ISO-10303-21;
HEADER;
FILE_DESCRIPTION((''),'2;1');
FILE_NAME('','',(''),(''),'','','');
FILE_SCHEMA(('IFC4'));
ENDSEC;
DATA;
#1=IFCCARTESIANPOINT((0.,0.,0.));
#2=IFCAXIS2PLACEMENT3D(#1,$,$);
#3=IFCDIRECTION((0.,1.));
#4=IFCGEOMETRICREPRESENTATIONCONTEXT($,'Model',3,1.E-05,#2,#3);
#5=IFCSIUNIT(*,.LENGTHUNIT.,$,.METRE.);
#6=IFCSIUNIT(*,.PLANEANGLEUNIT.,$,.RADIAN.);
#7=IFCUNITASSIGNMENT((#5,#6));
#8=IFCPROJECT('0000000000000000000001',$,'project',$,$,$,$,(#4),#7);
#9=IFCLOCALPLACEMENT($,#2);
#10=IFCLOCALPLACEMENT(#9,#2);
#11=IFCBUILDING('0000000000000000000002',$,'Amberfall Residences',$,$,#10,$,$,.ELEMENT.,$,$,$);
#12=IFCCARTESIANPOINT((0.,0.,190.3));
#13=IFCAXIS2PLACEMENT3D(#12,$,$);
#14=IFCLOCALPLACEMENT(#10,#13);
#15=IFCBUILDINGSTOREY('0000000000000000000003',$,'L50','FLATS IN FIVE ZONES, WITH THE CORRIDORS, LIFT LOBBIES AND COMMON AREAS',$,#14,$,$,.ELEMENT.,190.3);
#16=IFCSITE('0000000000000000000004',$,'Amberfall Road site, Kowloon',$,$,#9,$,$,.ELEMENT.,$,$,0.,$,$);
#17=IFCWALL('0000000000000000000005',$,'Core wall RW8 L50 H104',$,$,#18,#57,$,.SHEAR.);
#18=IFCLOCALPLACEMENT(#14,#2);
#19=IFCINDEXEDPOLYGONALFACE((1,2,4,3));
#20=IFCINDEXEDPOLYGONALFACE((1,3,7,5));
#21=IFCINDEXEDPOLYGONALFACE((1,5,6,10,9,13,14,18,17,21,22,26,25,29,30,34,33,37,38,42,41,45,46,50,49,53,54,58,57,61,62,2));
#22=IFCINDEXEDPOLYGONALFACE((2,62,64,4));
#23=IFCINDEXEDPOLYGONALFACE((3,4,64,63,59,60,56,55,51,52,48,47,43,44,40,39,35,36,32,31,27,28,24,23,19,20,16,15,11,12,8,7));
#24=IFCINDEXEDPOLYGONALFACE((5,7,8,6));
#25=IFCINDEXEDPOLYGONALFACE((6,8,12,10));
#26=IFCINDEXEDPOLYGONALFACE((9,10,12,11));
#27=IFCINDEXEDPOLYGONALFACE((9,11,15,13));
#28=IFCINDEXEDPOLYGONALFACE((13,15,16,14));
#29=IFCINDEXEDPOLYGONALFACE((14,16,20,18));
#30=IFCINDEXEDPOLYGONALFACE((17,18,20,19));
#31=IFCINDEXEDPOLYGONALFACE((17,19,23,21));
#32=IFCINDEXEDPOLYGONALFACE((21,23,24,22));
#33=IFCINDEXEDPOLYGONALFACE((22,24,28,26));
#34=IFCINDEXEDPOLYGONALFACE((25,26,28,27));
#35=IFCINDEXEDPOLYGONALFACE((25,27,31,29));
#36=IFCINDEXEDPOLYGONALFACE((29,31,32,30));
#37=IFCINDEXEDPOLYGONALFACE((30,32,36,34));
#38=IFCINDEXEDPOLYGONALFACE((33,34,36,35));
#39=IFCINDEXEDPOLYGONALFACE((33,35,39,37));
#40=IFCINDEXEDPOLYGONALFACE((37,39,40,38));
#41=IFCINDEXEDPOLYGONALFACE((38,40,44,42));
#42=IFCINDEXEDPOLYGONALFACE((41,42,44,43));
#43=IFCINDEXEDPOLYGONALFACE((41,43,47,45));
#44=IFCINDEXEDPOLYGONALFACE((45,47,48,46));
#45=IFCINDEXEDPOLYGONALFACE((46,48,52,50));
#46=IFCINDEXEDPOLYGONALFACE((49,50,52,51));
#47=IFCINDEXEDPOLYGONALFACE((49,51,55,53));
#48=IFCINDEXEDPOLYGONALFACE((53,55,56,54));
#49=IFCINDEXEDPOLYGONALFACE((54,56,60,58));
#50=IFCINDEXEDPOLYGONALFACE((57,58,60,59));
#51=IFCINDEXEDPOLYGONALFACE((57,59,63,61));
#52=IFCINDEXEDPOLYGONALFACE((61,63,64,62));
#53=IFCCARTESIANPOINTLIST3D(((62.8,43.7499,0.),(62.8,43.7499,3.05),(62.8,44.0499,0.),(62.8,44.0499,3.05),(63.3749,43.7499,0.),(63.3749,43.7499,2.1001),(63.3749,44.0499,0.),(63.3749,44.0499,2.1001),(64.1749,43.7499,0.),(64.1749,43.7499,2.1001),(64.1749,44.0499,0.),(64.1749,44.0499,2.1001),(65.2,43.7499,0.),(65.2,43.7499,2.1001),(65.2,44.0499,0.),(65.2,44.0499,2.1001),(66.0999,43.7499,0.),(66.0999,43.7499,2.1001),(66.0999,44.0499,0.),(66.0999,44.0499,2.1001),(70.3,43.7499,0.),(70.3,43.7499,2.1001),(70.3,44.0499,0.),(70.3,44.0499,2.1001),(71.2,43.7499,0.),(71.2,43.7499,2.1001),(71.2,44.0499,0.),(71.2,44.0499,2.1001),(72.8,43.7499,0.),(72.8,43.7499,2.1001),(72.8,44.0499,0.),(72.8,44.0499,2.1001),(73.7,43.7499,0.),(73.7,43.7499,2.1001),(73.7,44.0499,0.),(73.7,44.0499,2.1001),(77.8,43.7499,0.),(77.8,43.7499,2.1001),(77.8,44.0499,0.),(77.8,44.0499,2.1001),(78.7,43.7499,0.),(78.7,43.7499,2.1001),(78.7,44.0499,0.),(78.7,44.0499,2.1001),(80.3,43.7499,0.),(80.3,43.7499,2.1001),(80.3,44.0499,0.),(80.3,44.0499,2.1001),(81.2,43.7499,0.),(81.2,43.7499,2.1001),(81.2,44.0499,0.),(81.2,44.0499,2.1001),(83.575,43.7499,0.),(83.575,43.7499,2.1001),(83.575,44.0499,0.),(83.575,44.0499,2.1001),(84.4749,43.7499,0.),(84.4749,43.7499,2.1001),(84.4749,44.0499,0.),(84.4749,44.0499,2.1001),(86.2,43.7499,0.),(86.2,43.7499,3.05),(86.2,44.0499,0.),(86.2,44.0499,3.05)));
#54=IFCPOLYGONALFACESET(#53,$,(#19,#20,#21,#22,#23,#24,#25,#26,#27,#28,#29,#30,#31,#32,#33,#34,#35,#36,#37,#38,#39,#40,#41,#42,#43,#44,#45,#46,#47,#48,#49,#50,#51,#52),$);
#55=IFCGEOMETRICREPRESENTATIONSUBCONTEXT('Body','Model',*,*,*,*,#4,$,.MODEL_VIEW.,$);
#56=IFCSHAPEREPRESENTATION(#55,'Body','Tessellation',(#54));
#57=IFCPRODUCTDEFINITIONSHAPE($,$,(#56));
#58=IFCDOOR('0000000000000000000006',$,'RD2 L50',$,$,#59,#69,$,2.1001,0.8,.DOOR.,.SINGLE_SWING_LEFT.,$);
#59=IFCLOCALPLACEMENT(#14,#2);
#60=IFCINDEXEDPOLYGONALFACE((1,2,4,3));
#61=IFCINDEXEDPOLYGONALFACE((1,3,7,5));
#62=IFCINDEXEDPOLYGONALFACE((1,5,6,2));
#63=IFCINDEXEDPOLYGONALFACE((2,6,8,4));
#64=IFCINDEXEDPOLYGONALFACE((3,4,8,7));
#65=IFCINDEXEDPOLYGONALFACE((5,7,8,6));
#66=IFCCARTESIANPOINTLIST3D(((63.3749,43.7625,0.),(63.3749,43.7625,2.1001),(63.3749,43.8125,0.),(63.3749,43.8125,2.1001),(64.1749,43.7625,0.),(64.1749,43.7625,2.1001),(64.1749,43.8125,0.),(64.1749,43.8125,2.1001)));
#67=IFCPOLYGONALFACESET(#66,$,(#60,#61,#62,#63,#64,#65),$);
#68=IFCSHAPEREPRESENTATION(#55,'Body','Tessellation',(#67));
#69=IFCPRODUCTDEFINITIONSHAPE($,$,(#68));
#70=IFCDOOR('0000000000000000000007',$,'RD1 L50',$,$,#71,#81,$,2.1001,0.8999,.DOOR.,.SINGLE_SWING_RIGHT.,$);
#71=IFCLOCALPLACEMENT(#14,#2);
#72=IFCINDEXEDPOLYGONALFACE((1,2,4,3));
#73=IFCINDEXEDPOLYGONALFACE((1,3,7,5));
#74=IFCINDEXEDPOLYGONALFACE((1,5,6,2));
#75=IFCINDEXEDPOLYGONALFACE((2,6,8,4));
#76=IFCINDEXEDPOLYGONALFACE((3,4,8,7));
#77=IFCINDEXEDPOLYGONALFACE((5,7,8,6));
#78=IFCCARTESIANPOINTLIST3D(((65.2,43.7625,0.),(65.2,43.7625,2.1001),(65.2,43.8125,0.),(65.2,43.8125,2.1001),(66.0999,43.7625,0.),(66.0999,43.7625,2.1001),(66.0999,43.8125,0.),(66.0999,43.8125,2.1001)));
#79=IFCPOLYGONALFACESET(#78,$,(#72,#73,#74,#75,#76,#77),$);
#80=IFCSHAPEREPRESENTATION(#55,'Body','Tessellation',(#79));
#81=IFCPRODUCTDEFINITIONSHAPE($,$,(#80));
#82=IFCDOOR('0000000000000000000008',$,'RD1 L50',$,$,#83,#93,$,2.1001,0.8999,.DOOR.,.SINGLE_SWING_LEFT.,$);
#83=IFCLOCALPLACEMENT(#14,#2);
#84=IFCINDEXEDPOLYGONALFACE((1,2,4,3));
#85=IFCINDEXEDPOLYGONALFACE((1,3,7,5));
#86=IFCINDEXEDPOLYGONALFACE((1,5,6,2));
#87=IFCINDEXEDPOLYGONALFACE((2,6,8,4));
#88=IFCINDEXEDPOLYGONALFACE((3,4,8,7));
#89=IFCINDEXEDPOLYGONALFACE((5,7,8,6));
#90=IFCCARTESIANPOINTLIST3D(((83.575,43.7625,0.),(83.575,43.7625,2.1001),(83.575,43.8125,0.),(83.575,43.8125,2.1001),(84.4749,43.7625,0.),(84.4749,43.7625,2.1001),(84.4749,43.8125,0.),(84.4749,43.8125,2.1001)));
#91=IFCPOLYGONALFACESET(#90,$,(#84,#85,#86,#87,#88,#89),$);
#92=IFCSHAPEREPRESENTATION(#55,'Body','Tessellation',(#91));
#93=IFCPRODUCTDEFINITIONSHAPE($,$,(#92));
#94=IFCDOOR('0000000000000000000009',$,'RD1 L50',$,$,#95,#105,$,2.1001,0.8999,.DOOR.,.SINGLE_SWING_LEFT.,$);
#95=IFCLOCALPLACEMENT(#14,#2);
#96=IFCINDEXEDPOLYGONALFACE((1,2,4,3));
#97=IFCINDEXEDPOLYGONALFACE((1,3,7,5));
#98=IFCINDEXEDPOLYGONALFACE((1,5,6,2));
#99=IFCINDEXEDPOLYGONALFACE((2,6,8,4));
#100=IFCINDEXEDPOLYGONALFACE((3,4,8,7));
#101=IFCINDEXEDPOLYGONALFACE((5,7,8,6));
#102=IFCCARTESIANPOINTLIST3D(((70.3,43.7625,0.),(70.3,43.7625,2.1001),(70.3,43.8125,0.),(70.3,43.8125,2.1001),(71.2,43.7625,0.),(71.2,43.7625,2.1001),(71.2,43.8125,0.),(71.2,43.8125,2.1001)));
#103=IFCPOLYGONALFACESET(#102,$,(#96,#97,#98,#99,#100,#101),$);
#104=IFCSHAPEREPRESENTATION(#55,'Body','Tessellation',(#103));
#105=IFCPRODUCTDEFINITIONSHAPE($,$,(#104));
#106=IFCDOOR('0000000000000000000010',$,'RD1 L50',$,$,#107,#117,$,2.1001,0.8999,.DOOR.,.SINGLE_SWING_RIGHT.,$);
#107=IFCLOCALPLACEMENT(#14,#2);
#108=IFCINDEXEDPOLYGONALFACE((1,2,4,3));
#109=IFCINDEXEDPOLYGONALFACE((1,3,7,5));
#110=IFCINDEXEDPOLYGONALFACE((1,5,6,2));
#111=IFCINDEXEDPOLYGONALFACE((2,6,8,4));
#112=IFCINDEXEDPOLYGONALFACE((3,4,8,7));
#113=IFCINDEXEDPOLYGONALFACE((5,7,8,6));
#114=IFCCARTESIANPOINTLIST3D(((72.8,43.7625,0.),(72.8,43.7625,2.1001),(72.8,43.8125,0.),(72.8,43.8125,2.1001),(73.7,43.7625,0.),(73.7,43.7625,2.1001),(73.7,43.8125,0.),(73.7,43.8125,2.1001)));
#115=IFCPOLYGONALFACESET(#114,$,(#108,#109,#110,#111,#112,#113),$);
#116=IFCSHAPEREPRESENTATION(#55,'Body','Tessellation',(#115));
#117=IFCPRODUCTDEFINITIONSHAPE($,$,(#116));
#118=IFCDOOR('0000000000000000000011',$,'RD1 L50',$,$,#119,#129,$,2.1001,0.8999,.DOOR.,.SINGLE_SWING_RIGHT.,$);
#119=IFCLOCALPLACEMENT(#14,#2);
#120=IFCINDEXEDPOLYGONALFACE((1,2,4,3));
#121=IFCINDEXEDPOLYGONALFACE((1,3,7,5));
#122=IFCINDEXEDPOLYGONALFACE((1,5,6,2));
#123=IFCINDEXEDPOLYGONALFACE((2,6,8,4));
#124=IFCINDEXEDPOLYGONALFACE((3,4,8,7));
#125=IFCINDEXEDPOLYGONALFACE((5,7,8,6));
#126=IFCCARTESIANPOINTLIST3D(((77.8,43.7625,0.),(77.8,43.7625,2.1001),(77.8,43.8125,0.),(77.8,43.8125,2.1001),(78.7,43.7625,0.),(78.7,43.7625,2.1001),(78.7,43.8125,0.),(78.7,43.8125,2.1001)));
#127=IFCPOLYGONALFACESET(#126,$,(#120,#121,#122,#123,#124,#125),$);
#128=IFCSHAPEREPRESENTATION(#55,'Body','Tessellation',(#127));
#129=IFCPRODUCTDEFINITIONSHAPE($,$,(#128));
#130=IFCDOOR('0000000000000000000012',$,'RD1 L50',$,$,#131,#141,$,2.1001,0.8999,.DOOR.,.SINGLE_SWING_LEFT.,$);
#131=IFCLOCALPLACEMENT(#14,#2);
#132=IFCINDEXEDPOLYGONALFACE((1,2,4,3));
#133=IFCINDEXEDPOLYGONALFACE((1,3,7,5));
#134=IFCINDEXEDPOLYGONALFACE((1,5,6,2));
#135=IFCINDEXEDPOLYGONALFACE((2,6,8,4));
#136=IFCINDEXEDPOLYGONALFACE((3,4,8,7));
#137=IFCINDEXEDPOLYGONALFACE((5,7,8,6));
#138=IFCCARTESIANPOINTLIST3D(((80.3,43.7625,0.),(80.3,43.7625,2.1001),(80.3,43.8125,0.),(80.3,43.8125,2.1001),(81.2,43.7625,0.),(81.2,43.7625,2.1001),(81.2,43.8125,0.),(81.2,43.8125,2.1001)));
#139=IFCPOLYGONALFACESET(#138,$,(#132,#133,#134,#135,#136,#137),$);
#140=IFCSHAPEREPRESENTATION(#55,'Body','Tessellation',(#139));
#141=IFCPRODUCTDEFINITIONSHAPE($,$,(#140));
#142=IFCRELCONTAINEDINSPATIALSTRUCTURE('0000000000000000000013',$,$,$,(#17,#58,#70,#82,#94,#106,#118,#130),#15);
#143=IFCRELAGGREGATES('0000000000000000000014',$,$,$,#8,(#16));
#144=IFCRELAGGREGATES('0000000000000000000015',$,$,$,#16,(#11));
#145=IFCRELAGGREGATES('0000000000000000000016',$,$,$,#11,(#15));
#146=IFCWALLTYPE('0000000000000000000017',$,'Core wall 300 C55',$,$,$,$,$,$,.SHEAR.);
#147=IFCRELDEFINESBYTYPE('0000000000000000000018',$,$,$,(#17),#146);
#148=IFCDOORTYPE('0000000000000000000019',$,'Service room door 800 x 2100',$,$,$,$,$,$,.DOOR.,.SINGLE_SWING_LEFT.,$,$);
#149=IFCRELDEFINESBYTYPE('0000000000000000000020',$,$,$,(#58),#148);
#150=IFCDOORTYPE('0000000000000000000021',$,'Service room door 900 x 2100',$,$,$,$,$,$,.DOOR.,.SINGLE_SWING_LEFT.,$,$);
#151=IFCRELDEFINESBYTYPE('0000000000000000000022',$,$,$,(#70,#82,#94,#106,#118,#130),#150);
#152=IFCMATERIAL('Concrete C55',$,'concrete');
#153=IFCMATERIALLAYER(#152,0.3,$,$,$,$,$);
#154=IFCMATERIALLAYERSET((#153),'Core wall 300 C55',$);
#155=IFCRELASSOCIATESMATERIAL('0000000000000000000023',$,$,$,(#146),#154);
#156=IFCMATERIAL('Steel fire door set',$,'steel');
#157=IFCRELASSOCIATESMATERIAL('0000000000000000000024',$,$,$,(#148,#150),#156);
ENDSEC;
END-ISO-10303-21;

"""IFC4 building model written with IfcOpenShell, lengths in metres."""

from ifc_helpers import new_model, si_unit, direction, frame, frame_2d, origin, place, context, subcontext, project, spatial, rectangle, extrude, material, layer, layer_set, type_object, element, fill, save


model = new_model("IFC4")

# Units and contexts
model_context = context("Model", 3, precision=1e-05, world=origin(), true_north=direction((0.0, 1.0)))
body_context = subcontext(model_context, "Body", "Model", "MODEL_VIEW")
ifc_project = project(units=[si_unit("LENGTHUNIT", "METRE"), si_unit("PLANEANGLEUNIT", "RADIAN")], contexts=[model_context])

# Site, building, storey
site_placement = place(None, origin())
site = spatial("IfcSite", under=ifc_project, at=site_placement, Name="Amberfall Road site, Kowloon", CompositionType="ELEMENT", RefElevation=0.0)
building_placement = place(site_placement, origin())
building = spatial("IfcBuilding", under=site, at=building_placement, Name="Amberfall Residences", CompositionType="ELEMENT")
storey_placement = place(building_placement, frame((0.0, 0.0, 190.3)))
storey = spatial("IfcBuildingStorey", under=building, at=storey_placement, Name="L50", Description="FLATS IN FIVE ZONES, WITH THE CORRIDORS, LIFT LOBBIES AND COMMON AREAS", CompositionType="ELEMENT", Elevation=190.3)

# Wall, openings, doors
ifc_material_1 = material(Name="Concrete C55", Category="concrete")
ifc_layer = layer(ifc_material_1, 0.3)
ifc_layer_set = layer_set([ifc_layer], Name="Core wall 300 C55")
wall_type = type_object("IfcWallType", Name="Core wall 300 C55", PredefinedType="SHEAR", material=ifc_layer_set)
wall_1_placement = place(storey_placement, frame((62.8, 43.8999, 0.0), z_axis=(0.0, 0.0, 1.0), x_axis=(1.0, 0.0, 0.0)))
wall_1 = element("IfcWall", 1, at=wall_1_placement, inside=storey, type_object=wall_type, Name="Core wall RW8 L50 H104", PredefinedType="SHEAR", context=body_context, shape_type="SweptSolid", body=[
    extrude(rectangle(XDim=23.3999, YDim=0.3, at=frame_2d((11.7, 0.0))), origin(), (0.0, 0.0, 1.0), 3.05),
])
opening_1_placement = place(wall_1_placement, frame((0.575, 0.0, 0.0)))
opening_1 = element("IfcOpeningElement", 2, at=opening_1_placement, cuts=wall_1, PredefinedType="OPENING", context=body_context, shape_type="SweptSolid", body=[
    extrude(rectangle(XDim=0.8, YDim=2.1001, at=frame_2d((0.3999, 1.05))), frame((0.0, 0.1599, 0.0), z_axis=(0.0, -1.0, 0.0), x_axis=(1.0, 0.0, 0.0)), (0.0, 0.0, 1.0), 0.3201),
])
opening_2_placement = place(wall_1_placement, frame((2.3999, 0.0, 0.0)))
opening_2 = element("IfcOpeningElement", 3, at=opening_2_placement, cuts=wall_1, PredefinedType="OPENING", context=body_context, shape_type="SweptSolid", body=[
    extrude(rectangle(XDim=0.8999, YDim=2.1001, at=frame_2d((0.45, 1.05))), frame((0.0, 0.1599, 0.0), z_axis=(0.0, -1.0, 0.0), x_axis=(1.0, 0.0, 0.0)), (0.0, 0.0, 1.0), 0.3201),
])
opening_3_placement = place(wall_1_placement, frame((20.7749, 0.0, 0.0)))
opening_3 = element("IfcOpeningElement", 4, at=opening_3_placement, cuts=wall_1, PredefinedType="OPENING", context=body_context, shape_type="SweptSolid", body=[
    extrude(rectangle(XDim=0.8999, YDim=2.1001, at=frame_2d((0.45, 1.05))), frame((0.0, 0.1599, 0.0), z_axis=(0.0, -1.0, 0.0), x_axis=(1.0, 0.0, 0.0)), (0.0, 0.0, 1.0), 0.3201),
])
opening_4_placement = place(wall_1_placement, frame((7.5, 0.0, 0.0)))
opening_4 = element("IfcOpeningElement", 5, at=opening_4_placement, cuts=wall_1, PredefinedType="OPENING", context=body_context, shape_type="SweptSolid", body=[
    extrude(rectangle(XDim=0.8999, YDim=2.1001, at=frame_2d((0.45, 1.05))), frame((0.0, 0.1599, 0.0), z_axis=(0.0, -1.0, 0.0), x_axis=(1.0, 0.0, 0.0)), (0.0, 0.0, 1.0), 0.3201),
])
opening_5_placement = place(wall_1_placement, frame((10.0, 0.0, 0.0)))
opening_5 = element("IfcOpeningElement", 6, at=opening_5_placement, cuts=wall_1, PredefinedType="OPENING", context=body_context, shape_type="SweptSolid", body=[
    extrude(rectangle(XDim=0.8999, YDim=2.1001, at=frame_2d((0.45, 1.05))), frame((0.0, 0.1599, 0.0), z_axis=(0.0, -1.0, 0.0), x_axis=(1.0, 0.0, 0.0)), (0.0, 0.0, 1.0), 0.3201),
])
opening_6_placement = place(wall_1_placement, frame((15.0, 0.0, 0.0)))
opening_6 = element("IfcOpeningElement", 7, at=opening_6_placement, cuts=wall_1, PredefinedType="OPENING", context=body_context, shape_type="SweptSolid", body=[
    extrude(rectangle(XDim=0.8999, YDim=2.1001, at=frame_2d((0.45, 1.05))), frame((0.0, 0.1599, 0.0), z_axis=(0.0, -1.0, 0.0), x_axis=(1.0, 0.0, 0.0)), (0.0, 0.0, 1.0), 0.3201),
])
opening_7_placement = place(wall_1_placement, frame((17.5, 0.0, 0.0)))
opening_7 = element("IfcOpeningElement", 8, at=opening_7_placement, cuts=wall_1, PredefinedType="OPENING", context=body_context, shape_type="SweptSolid", body=[
    extrude(rectangle(XDim=0.8999, YDim=2.1001, at=frame_2d((0.45, 1.05))), frame((0.0, 0.1599, 0.0), z_axis=(0.0, -1.0, 0.0), x_axis=(1.0, 0.0, 0.0)), (0.0, 0.0, 1.0), 0.3201),
])
ifc_material_2 = material(Name="Steel fire door set", Category="steel")
door_type_1 = type_object("IfcDoorType", Name="Service room door 800 x 2100", OperationType="SINGLE_SWING_LEFT", PredefinedType="DOOR", material=ifc_material_2)
door_1_placement = place(opening_1_placement, origin())
door_1 = element("IfcDoor", 9, at=door_1_placement, inside=storey, type_object=door_type_1, Name="RD2 L50", OperationType="SINGLE_SWING_LEFT", OverallHeight=2.1001, OverallWidth=0.8, PredefinedType="DOOR", context=body_context, shape_type="SweptSolid", body=[
    extrude(rectangle(XDim=0.8, YDim=2.1001, at=frame_2d((0.3999, 1.05))), frame((0.0, -0.0874, 0.0), z_axis=(0.0, -1.0, 0.0), x_axis=(1.0, 0.0, 0.0)), (0.0, 0.0, 1.0), 0.05),
])
fill(opening_1, door_1)
door_type_2 = type_object("IfcDoorType", Name="Service room door 900 x 2100", OperationType="SINGLE_SWING_LEFT", PredefinedType="DOOR", material=ifc_material_2)
door_2_placement = place(opening_2_placement, origin())
door_2 = element("IfcDoor", 10, at=door_2_placement, inside=storey, type_object=door_type_2, Name="RD1 L50", OperationType="SINGLE_SWING_RIGHT", OverallHeight=2.1001, OverallWidth=0.8999, PredefinedType="DOOR", context=body_context, shape_type="SweptSolid", body=[
    extrude(rectangle(XDim=0.8999, YDim=2.1001, at=frame_2d((0.45, 1.05))), frame((0.0, -0.0874, 0.0), z_axis=(0.0, -1.0, 0.0), x_axis=(1.0, 0.0, 0.0)), (0.0, 0.0, 1.0), 0.05),
])
fill(opening_2, door_2)
door_3_placement = place(opening_3_placement, origin())
door_3 = element("IfcDoor", 11, at=door_3_placement, inside=storey, type_object=door_type_2, Name="RD1 L50", OperationType="SINGLE_SWING_LEFT", OverallHeight=2.1001, OverallWidth=0.8999, PredefinedType="DOOR", context=body_context, shape_type="SweptSolid", body=[
    extrude(rectangle(XDim=0.8999, YDim=2.1001, at=frame_2d((0.45, 1.05))), frame((0.0, -0.0874, 0.0), z_axis=(0.0, -1.0, 0.0), x_axis=(1.0, 0.0, 0.0)), (0.0, 0.0, 1.0), 0.05),
])
fill(opening_3, door_3)
door_4_placement = place(opening_4_placement, origin())
door_4 = element("IfcDoor", 12, at=door_4_placement, inside=storey, type_object=door_type_2, Name="RD1 L50", OperationType="SINGLE_SWING_LEFT", OverallHeight=2.1001, OverallWidth=0.8999, PredefinedType="DOOR", context=body_context, shape_type="SweptSolid", body=[
    extrude(rectangle(XDim=0.8999, YDim=2.1001, at=frame_2d((0.45, 1.05))), frame((0.0, -0.0874, 0.0), z_axis=(0.0, -1.0, 0.0), x_axis=(1.0, 0.0, 0.0)), (0.0, 0.0, 1.0), 0.05),
])
fill(opening_4, door_4)
door_5_placement = place(opening_5_placement, origin())
door_5 = element("IfcDoor", 13, at=door_5_placement, inside=storey, type_object=door_type_2, Name="RD1 L50", OperationType="SINGLE_SWING_RIGHT", OverallHeight=2.1001, OverallWidth=0.8999, PredefinedType="DOOR", context=body_context, shape_type="SweptSolid", body=[
    extrude(rectangle(XDim=0.8999, YDim=2.1001, at=frame_2d((0.45, 1.05))), frame((0.0, -0.0874, 0.0), z_axis=(0.0, -1.0, 0.0), x_axis=(1.0, 0.0, 0.0)), (0.0, 0.0, 1.0), 0.05),
])
fill(opening_5, door_5)
door_6_placement = place(opening_6_placement, origin())
door_6 = element("IfcDoor", 14, at=door_6_placement, inside=storey, type_object=door_type_2, Name="RD1 L50", OperationType="SINGLE_SWING_RIGHT", OverallHeight=2.1001, OverallWidth=0.8999, PredefinedType="DOOR", context=body_context, shape_type="SweptSolid", body=[
    extrude(rectangle(XDim=0.8999, YDim=2.1001, at=frame_2d((0.45, 1.05))), frame((0.0, -0.0874, 0.0), z_axis=(0.0, -1.0, 0.0), x_axis=(1.0, 0.0, 0.0)), (0.0, 0.0, 1.0), 0.05),
])
fill(opening_6, door_6)
door_7_placement = place(opening_7_placement, origin())
door_7 = element("IfcDoor", 15, at=door_7_placement, inside=storey, type_object=door_type_2, Name="RD1 L50", OperationType="SINGLE_SWING_LEFT", OverallHeight=2.1001, OverallWidth=0.8999, PredefinedType="DOOR", context=body_context, shape_type="SweptSolid", body=[
    extrude(rectangle(XDim=0.8999, YDim=2.1001, at=frame_2d((0.45, 1.05))), frame((0.0, -0.0874, 0.0), z_axis=(0.0, -1.0, 0.0), x_axis=(1.0, 0.0, 0.0)), (0.0, 0.0, 1.0), 0.05),
])
fill(opening_7, door_7)

save(model, "model.ifc")
